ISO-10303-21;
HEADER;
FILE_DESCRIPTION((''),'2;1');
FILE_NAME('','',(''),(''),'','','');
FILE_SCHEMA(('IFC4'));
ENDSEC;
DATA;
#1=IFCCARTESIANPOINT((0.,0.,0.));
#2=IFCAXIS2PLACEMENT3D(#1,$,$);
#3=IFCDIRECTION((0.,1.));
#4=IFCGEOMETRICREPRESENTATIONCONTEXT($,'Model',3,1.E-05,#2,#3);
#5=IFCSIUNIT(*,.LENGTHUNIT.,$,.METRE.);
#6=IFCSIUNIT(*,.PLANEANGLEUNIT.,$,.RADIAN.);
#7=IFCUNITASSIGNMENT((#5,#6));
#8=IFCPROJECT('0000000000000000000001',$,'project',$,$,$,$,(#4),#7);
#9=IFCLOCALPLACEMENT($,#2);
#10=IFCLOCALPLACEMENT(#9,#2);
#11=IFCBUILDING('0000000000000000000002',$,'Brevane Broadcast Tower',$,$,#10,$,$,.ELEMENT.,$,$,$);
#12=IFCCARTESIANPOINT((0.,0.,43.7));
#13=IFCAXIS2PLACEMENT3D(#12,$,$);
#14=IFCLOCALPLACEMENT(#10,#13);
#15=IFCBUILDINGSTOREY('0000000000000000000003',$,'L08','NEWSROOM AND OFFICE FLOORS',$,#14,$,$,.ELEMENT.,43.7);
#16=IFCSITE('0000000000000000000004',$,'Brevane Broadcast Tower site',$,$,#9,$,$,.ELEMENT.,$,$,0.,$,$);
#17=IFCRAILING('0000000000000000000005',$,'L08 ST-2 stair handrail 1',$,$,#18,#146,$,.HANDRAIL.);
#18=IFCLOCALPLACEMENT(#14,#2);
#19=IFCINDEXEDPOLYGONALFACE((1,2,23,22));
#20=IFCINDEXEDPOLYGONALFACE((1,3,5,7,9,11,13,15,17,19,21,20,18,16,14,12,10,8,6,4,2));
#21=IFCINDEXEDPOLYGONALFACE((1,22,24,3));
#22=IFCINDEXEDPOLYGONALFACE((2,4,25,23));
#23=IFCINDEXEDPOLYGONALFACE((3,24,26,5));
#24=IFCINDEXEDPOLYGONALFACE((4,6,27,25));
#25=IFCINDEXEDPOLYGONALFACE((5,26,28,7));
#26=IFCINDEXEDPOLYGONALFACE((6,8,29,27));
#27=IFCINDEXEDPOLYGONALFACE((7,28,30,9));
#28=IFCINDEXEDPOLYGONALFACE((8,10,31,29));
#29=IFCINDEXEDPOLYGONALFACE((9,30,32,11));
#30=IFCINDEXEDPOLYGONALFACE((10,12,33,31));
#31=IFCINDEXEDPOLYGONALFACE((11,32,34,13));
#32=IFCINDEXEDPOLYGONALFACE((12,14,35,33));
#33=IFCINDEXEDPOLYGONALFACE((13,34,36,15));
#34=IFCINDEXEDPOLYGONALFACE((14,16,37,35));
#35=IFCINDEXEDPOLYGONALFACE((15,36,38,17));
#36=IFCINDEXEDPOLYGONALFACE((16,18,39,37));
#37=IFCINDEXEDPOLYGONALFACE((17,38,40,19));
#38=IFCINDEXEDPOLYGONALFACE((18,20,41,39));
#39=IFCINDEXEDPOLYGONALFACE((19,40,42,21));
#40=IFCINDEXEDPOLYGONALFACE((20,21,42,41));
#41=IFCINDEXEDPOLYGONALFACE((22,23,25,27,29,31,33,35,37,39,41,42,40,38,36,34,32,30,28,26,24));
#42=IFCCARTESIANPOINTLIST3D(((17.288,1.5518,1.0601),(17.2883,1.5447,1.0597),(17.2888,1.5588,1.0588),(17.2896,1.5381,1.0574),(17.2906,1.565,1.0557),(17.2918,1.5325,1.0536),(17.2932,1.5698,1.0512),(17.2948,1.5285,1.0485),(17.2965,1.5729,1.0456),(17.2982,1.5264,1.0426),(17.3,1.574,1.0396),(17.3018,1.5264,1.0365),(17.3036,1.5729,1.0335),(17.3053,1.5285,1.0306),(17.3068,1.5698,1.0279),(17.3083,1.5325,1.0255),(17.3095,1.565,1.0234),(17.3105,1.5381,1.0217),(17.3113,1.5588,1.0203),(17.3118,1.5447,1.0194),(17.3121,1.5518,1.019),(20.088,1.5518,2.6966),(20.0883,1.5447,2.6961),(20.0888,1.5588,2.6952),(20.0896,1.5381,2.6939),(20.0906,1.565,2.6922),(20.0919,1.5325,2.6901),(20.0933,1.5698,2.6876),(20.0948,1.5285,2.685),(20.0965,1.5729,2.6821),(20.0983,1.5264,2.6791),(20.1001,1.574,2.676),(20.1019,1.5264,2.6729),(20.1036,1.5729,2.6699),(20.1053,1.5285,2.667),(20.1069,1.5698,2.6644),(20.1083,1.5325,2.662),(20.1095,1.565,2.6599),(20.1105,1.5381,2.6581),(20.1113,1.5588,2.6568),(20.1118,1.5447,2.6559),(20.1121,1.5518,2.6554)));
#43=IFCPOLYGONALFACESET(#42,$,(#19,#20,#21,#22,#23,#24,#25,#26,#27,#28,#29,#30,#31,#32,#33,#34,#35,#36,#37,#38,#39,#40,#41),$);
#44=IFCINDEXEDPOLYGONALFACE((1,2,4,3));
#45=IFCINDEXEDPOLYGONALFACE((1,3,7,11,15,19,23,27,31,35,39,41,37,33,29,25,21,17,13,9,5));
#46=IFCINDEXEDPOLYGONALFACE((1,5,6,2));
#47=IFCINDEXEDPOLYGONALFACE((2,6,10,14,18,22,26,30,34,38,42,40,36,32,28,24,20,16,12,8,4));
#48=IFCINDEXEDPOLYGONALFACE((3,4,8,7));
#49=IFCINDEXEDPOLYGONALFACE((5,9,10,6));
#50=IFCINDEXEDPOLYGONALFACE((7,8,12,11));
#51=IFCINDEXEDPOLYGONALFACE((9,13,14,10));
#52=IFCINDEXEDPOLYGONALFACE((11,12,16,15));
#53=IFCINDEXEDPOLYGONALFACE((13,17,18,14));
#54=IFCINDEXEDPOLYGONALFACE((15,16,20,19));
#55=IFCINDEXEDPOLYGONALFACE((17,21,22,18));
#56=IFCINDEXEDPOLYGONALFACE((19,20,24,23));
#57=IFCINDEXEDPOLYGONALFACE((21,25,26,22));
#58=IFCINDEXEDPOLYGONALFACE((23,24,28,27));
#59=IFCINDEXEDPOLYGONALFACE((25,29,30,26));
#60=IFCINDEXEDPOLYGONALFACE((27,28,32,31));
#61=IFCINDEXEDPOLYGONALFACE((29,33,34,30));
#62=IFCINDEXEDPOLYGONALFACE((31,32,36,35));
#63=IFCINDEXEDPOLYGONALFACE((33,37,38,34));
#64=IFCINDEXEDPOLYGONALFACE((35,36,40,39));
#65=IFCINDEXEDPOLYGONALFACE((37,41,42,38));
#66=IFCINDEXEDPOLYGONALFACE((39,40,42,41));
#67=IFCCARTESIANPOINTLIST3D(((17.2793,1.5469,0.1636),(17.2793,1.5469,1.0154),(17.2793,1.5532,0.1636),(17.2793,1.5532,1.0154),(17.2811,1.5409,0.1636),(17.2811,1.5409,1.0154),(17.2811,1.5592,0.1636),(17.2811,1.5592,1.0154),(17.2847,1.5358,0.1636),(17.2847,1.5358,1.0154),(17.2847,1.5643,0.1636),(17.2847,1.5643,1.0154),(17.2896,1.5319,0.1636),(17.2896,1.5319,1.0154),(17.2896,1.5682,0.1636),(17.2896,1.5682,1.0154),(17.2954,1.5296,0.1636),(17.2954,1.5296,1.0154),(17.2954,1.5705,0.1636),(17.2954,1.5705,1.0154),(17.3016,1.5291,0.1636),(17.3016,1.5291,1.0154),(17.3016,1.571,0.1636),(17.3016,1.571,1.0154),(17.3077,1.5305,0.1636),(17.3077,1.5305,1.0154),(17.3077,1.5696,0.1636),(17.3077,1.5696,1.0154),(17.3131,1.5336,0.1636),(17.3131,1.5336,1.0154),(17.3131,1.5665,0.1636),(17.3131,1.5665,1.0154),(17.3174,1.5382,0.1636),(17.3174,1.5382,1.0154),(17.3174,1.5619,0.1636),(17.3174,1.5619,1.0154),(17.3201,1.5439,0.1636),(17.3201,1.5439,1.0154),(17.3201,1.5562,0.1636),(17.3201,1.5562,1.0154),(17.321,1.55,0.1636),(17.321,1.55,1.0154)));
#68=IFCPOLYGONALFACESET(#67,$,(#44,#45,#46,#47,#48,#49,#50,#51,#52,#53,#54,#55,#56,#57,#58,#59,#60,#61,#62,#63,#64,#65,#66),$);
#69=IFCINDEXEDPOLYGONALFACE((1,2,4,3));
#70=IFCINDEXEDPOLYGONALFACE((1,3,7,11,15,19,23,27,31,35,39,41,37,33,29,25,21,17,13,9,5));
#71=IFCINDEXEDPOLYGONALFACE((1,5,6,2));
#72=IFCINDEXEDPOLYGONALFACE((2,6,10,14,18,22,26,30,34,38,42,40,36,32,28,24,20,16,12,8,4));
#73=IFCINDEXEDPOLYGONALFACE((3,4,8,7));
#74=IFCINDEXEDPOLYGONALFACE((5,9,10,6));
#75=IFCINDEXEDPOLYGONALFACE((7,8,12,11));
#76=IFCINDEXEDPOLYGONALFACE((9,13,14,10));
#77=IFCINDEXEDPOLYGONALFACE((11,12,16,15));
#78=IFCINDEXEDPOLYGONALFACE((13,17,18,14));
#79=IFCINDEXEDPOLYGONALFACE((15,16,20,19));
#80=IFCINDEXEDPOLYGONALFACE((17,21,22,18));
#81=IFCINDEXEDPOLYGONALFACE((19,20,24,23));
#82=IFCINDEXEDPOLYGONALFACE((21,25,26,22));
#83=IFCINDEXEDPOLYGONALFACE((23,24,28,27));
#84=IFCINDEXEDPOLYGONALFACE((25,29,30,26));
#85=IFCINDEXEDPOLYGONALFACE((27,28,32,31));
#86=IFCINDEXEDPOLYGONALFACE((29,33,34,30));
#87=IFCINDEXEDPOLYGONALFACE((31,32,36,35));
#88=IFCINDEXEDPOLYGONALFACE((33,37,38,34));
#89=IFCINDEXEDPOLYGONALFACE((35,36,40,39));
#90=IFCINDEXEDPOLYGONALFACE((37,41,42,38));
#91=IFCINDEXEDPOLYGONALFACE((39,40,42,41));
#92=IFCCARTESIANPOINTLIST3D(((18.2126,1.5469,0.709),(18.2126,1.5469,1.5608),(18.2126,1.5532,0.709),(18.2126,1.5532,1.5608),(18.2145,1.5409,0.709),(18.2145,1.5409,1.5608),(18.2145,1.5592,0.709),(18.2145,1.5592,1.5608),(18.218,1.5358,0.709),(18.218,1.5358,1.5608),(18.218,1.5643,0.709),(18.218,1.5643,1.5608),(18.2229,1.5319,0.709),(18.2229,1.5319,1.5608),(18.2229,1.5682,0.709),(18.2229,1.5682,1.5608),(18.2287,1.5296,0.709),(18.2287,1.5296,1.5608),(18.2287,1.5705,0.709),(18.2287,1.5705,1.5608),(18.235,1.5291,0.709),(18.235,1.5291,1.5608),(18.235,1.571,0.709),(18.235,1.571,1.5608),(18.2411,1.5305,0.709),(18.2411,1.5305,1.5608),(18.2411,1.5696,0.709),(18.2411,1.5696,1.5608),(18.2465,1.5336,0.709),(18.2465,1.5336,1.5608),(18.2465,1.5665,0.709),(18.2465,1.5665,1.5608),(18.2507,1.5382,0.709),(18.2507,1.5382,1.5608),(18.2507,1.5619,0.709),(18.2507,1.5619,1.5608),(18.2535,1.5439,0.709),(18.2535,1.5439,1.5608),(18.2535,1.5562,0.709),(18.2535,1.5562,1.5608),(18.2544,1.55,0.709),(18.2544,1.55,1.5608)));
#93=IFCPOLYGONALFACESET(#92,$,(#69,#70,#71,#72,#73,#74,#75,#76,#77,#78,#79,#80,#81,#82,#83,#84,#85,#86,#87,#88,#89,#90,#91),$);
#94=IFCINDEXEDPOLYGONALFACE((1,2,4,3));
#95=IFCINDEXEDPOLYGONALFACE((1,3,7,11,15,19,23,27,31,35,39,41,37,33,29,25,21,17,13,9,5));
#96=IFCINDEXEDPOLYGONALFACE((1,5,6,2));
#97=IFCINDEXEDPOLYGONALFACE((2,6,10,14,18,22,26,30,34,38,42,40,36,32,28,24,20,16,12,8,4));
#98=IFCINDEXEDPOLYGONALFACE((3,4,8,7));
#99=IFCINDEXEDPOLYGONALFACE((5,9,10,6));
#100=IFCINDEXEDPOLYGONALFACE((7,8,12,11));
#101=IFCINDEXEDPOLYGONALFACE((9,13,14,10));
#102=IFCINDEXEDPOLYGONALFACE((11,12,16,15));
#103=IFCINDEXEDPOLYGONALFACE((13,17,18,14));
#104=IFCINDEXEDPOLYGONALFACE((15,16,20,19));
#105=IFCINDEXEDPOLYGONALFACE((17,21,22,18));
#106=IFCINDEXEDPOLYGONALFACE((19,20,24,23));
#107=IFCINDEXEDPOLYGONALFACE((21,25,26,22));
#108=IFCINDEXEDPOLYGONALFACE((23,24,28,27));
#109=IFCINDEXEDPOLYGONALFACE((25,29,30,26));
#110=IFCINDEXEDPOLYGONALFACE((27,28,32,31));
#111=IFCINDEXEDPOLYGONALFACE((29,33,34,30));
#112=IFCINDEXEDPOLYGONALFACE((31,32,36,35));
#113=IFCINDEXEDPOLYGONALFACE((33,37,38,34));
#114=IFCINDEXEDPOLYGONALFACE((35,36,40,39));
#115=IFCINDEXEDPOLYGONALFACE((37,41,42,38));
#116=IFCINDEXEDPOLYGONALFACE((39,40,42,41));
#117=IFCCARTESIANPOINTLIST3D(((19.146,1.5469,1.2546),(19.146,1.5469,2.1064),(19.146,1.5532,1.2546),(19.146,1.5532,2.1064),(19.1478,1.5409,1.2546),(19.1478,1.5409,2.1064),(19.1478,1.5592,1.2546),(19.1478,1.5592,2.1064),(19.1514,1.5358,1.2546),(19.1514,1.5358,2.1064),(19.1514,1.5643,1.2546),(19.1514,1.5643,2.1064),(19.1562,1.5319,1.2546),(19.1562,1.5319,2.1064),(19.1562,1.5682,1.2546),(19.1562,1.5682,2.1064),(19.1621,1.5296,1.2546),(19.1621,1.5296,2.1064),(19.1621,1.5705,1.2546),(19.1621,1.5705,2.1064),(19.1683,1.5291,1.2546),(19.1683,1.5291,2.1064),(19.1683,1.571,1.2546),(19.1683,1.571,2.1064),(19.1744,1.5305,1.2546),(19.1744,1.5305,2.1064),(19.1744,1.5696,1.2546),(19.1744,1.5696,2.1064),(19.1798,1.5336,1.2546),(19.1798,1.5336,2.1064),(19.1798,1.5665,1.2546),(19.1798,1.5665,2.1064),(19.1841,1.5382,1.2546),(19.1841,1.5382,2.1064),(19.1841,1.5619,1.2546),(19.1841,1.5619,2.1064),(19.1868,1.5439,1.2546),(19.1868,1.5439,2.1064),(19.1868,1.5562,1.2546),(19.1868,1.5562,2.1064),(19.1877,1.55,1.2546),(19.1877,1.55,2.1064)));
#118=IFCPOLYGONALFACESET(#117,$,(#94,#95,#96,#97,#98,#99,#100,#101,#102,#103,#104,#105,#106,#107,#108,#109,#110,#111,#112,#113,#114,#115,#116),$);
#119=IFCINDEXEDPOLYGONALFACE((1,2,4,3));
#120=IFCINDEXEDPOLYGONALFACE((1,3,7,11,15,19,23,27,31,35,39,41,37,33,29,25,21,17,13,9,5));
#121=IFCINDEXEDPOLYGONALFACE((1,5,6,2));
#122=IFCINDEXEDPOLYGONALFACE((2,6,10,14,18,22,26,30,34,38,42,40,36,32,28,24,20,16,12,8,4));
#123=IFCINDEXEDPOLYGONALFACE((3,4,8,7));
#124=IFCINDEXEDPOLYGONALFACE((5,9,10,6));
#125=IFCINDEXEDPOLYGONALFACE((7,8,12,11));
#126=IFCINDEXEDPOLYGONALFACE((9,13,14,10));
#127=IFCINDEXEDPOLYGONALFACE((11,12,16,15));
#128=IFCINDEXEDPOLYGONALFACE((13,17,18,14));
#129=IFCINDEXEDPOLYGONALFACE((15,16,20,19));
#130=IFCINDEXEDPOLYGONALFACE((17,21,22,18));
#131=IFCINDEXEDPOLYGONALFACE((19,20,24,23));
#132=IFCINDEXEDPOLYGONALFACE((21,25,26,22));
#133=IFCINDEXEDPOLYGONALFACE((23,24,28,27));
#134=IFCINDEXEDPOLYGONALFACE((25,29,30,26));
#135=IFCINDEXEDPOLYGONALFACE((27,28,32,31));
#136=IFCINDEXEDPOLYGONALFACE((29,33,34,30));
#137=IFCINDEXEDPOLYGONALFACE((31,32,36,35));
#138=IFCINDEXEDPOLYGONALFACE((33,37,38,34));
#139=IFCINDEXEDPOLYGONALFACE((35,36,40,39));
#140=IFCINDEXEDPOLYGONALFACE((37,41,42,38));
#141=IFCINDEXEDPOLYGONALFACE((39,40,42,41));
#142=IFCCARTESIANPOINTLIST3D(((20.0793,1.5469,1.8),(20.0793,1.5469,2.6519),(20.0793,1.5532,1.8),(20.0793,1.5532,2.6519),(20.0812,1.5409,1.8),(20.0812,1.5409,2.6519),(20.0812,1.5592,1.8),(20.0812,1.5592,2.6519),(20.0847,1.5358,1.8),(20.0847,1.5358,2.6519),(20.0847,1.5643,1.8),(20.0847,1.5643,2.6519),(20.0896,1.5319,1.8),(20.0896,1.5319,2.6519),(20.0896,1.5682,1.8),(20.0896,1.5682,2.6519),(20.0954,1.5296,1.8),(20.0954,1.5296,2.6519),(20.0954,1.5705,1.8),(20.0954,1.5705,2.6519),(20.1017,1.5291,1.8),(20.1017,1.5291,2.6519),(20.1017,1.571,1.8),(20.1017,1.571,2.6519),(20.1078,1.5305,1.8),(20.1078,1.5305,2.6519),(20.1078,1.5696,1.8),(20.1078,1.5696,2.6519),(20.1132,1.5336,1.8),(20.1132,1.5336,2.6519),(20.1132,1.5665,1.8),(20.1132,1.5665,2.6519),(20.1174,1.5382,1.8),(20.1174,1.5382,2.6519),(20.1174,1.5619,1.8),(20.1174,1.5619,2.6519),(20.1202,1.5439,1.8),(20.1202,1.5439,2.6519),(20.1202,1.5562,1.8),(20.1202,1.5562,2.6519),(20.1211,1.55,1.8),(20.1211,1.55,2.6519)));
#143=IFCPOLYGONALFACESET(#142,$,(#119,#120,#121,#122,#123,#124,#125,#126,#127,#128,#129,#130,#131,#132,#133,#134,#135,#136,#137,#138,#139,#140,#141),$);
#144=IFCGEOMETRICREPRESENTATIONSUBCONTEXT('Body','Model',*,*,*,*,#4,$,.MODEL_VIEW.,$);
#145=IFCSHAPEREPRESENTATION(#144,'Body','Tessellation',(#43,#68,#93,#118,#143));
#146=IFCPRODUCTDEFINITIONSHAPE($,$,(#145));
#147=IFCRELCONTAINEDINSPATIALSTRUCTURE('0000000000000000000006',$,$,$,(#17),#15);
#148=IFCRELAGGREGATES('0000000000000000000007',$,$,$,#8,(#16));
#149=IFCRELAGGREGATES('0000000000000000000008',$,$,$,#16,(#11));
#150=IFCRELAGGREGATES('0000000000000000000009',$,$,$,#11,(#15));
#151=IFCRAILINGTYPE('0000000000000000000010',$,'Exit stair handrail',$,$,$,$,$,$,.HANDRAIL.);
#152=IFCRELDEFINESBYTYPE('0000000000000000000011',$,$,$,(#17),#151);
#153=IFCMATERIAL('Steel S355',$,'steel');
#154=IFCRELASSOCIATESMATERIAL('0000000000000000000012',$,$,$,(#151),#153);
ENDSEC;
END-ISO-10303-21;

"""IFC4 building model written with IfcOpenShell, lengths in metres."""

from ifc_helpers import new_model, si_unit, direction, frame, origin, origin_2d, place, context, subcontext, project, spatial, circle, extrude, material, type_object, element, save


model = new_model("IFC4")

# Units and contexts
model_context = context("Model", 3, precision=1e-05, world=origin(), true_north=direction((0.0, 1.0)))
body_context = subcontext(model_context, "Body", "Model", "MODEL_VIEW")
ifc_project = project(units=[si_unit("LENGTHUNIT", "METRE"), si_unit("PLANEANGLEUNIT", "RADIAN")], contexts=[model_context])

# Site, building, storey
site_placement = place(None, origin())
site = spatial("IfcSite", under=ifc_project, at=site_placement, Name="Brevane Broadcast Tower site", CompositionType="ELEMENT", RefElevation=0.0)
building_placement = place(site_placement, origin())
building = spatial("IfcBuilding", under=site, at=building_placement, Name="Brevane Broadcast Tower", CompositionType="ELEMENT")
storey_placement = place(building_placement, frame((0.0, 0.0, 43.7)))
storey = spatial("IfcBuildingStorey", under=building, at=storey_placement, Name="L08", Description="NEWSROOM AND OFFICE FLOORS", CompositionType="ELEMENT", Elevation=43.7)

# Railing
ifc_material_1 = material(Name="Steel S355", Category="steel")
railing_type_1 = type_object("IfcRailingType", Name="Exit stair handrail", PredefinedType="HANDRAIL", material=ifc_material_1)
railing_1_placement = place(storey_placement, frame((17.3, 1.55, 0.1636)))
element("IfcRailing", 1, at=railing_1_placement, inside=storey, type_object=railing_type_1, Name="L08 ST-2 stair handrail 1", PredefinedType="HANDRAIL", context=body_context, shape_type="SweptSolid", body=[
    extrude(circle(Radius=0.0239, at=origin_2d()), frame((0.0, 0.0, 0.876), z_axis=(0.863361, 0.0, 0.504587), x_axis=(0.0, 1.0, 0.0)), (0.0, 0.0, 1.0), 3.2432),
    extrude(circle(Radius=0.021, at=origin_2d()), origin(), (0.0, 0.0, 1.0), 0.8518),
    extrude(circle(Radius=0.021, at=origin_2d()), frame((0.9333, 0.0, 0.5454)), (0.0, 0.0, 1.0), 0.8518),
    extrude(circle(Radius=0.021, at=origin_2d()), frame((1.8667, 0.0, 1.0911)), (0.0, 0.0, 1.0), 0.8518),
    extrude(circle(Radius=0.021, at=origin_2d()), frame((2.8, 0.0, 1.6365)), (0.0, 0.0, 1.0), 0.8518),
])

save(model, "model.ifc")
